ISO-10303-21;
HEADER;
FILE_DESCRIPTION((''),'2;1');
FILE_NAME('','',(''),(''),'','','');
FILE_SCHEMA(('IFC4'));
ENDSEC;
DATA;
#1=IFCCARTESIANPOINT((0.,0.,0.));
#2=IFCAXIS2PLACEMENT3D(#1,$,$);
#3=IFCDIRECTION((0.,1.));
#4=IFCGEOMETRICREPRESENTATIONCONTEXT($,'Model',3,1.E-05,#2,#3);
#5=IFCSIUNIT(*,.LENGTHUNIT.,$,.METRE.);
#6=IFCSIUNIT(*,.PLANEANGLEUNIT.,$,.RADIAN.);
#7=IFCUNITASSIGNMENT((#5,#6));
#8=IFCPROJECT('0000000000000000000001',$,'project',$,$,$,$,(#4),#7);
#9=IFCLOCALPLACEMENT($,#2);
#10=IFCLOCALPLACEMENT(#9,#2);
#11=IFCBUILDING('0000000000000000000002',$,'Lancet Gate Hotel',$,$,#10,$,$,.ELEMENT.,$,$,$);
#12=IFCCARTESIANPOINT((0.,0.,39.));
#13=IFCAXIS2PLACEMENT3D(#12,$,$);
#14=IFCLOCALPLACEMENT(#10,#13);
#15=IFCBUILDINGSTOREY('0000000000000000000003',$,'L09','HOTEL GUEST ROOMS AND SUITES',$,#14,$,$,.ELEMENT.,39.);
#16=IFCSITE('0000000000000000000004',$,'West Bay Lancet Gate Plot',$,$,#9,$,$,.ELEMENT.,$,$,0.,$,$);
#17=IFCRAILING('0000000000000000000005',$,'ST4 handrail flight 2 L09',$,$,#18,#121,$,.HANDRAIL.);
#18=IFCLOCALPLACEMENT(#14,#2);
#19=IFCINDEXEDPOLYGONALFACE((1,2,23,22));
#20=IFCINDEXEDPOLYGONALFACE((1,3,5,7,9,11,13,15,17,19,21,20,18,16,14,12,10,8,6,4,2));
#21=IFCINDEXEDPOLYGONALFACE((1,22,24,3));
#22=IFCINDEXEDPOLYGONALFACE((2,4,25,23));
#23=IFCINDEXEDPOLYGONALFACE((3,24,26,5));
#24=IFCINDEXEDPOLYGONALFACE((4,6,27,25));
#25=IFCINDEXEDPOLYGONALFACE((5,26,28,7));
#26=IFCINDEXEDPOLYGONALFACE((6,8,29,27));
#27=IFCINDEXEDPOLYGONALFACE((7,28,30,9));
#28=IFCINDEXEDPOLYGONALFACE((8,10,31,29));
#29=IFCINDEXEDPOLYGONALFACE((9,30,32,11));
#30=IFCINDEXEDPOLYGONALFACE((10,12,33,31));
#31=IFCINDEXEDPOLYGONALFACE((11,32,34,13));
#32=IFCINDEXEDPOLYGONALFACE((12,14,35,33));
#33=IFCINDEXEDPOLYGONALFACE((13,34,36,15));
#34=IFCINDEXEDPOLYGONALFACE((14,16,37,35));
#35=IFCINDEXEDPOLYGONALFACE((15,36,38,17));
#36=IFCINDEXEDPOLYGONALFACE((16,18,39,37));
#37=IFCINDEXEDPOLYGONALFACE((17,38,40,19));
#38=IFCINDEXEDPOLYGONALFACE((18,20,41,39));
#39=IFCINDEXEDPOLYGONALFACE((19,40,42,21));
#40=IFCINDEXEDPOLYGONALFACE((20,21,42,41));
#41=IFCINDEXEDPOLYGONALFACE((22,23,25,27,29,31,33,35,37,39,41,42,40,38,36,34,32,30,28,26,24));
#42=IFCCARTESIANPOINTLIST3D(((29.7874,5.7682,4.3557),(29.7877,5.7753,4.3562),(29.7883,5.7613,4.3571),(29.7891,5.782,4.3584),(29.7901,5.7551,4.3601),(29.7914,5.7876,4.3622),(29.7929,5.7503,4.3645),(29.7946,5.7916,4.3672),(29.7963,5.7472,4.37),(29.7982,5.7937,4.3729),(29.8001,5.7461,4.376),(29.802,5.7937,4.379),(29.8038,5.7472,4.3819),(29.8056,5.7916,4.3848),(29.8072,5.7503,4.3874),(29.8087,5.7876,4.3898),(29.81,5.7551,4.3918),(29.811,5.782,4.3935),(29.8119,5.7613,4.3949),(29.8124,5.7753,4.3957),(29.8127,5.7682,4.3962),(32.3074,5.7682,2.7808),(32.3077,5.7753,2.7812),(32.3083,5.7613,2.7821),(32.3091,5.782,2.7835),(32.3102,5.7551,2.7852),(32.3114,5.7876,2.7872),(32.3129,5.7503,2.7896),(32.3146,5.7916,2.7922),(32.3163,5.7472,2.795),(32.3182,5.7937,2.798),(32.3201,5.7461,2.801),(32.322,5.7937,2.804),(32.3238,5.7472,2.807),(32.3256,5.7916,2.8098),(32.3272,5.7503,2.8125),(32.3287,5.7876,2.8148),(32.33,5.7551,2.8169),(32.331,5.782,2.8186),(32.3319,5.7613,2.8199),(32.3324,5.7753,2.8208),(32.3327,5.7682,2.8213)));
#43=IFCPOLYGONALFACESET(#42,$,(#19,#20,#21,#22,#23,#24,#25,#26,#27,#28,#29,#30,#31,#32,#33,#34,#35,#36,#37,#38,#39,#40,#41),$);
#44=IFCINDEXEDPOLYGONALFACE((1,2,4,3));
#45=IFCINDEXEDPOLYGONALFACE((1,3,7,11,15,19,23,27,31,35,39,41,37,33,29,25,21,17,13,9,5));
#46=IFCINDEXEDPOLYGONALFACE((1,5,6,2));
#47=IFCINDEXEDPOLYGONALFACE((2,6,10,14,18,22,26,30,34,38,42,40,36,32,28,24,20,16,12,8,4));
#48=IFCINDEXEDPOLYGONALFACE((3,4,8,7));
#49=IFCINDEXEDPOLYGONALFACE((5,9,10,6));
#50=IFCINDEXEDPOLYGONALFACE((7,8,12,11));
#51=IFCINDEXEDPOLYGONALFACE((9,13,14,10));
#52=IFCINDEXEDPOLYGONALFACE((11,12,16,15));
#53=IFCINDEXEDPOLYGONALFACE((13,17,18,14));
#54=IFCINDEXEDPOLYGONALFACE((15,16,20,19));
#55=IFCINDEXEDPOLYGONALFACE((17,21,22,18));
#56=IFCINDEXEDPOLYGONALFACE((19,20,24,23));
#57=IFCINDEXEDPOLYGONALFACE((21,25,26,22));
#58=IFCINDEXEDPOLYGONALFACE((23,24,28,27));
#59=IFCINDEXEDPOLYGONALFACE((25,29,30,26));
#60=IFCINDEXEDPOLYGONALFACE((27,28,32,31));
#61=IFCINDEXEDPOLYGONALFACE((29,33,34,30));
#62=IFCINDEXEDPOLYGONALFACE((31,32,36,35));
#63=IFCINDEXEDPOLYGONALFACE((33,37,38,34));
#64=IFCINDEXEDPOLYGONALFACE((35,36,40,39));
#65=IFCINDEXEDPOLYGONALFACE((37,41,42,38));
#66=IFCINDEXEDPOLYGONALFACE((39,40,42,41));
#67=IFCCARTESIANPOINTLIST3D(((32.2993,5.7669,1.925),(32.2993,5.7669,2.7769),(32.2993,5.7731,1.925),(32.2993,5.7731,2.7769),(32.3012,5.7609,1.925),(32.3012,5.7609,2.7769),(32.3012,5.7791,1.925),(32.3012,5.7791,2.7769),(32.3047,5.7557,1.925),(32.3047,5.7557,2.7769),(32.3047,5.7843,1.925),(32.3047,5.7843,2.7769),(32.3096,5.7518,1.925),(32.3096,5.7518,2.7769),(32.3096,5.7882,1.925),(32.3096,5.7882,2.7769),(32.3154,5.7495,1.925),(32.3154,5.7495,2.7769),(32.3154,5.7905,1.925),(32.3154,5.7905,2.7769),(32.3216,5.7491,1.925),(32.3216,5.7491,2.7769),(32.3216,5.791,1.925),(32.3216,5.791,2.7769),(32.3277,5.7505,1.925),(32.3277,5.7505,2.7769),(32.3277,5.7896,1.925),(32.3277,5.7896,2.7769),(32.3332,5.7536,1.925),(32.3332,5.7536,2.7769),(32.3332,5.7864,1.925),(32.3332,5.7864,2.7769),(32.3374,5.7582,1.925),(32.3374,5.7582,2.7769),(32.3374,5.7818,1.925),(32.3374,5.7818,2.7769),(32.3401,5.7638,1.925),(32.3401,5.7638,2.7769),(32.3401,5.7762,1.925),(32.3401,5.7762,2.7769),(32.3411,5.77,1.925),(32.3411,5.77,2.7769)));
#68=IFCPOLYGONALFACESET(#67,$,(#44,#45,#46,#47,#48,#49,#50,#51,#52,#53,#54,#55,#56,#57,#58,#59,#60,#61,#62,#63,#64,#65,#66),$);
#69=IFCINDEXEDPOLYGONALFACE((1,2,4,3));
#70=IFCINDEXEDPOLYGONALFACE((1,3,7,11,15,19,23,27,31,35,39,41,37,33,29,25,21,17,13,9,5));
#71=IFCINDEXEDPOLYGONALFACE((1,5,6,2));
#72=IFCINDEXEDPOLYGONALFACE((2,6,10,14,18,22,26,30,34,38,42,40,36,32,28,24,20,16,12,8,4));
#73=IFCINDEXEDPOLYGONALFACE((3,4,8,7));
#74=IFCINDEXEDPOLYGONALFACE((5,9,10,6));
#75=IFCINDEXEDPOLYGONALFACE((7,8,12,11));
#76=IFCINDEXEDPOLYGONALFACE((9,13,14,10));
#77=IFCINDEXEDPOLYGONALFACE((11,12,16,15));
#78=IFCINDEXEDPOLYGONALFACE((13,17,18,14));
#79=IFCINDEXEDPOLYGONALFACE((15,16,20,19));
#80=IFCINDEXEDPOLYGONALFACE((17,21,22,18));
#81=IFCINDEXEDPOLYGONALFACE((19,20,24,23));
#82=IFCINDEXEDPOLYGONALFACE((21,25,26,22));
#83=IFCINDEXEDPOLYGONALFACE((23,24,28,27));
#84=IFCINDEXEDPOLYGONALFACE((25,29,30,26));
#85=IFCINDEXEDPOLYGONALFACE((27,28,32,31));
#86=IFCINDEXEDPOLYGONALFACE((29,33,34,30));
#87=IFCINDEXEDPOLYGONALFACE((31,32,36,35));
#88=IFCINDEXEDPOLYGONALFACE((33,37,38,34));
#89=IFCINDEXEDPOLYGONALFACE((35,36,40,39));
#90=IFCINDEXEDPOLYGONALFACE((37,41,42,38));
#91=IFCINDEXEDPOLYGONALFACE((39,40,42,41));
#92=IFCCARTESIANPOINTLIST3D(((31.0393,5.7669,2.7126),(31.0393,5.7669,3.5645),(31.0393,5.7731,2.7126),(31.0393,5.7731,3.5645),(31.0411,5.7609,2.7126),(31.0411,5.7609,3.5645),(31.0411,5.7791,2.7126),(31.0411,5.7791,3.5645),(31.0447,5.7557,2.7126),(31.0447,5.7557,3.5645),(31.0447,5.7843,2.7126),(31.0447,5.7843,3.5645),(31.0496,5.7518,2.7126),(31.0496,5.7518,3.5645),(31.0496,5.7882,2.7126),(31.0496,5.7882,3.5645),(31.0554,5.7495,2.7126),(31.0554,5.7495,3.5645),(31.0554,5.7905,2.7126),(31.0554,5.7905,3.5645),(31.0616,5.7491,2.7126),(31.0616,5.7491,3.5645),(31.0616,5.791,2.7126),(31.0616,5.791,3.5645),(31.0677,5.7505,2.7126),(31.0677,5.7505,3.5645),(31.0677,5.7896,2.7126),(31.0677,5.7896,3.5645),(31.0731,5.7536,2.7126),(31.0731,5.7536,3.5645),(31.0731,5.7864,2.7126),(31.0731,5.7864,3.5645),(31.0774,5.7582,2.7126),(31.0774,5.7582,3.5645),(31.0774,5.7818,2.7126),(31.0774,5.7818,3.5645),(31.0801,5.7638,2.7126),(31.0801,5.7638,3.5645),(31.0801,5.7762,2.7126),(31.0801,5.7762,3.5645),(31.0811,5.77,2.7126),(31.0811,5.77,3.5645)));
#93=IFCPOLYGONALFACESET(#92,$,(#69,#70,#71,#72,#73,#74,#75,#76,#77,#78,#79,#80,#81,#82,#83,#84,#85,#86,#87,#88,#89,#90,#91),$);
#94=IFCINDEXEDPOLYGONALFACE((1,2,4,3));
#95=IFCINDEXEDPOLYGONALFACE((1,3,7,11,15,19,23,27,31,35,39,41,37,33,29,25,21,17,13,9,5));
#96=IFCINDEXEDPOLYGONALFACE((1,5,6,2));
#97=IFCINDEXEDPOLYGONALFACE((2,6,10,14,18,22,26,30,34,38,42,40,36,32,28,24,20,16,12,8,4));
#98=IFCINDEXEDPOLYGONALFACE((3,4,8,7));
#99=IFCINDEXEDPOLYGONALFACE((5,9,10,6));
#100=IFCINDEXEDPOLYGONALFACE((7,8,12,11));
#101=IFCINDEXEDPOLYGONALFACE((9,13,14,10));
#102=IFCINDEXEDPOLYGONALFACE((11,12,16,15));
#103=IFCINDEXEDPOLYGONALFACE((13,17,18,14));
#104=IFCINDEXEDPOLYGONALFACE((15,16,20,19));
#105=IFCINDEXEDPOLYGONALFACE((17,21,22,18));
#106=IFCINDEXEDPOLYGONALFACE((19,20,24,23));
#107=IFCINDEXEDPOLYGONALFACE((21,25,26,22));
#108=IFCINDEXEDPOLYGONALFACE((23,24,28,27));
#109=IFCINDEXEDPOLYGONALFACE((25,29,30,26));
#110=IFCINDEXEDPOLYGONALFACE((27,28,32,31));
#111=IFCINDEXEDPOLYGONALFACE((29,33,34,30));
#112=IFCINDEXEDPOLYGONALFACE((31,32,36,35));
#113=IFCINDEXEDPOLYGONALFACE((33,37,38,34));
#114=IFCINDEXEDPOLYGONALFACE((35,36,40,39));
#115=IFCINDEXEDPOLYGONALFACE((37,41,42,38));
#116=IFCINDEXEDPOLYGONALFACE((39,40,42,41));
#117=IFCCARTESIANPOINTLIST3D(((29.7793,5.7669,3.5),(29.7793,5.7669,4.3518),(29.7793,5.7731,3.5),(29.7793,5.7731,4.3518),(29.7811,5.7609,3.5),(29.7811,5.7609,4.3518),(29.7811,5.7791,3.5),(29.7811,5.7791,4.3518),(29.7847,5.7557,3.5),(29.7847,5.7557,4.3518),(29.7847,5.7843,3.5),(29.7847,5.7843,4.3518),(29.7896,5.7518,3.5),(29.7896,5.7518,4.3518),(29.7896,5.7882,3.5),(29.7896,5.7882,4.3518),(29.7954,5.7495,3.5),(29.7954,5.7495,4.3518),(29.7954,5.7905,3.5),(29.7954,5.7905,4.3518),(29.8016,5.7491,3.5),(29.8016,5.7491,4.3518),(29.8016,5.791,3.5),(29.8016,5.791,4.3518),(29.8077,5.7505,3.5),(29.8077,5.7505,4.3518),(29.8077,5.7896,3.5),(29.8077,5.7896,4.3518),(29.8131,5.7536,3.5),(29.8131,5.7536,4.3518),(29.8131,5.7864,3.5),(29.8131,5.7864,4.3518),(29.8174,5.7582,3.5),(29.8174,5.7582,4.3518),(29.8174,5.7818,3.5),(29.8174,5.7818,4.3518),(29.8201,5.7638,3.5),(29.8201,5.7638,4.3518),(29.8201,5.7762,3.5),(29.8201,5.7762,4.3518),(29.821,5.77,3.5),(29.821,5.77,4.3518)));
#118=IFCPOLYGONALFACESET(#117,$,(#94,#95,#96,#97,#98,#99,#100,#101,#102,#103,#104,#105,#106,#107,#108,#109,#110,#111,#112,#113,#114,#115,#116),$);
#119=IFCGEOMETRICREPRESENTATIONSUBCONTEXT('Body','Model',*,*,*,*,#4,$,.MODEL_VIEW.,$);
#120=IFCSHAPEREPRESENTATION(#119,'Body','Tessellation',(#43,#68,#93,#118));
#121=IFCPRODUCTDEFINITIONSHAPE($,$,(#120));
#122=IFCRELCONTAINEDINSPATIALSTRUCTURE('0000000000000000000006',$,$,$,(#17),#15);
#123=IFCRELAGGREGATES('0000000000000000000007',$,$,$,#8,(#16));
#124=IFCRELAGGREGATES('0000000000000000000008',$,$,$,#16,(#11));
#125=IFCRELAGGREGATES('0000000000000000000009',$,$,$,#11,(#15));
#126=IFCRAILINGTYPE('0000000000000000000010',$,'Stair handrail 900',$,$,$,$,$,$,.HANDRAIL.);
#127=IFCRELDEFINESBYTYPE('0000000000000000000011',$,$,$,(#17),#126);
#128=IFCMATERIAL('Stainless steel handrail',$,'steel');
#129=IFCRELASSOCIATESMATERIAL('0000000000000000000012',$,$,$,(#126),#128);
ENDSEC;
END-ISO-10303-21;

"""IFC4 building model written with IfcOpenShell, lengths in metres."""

from ifc_helpers import new_model, si_unit, direction, frame, origin, origin_2d, place, context, subcontext, project, spatial, circle, extrude, material, type_object, element, save


model = new_model("IFC4")

# Units and contexts
model_context = context("Model", 3, precision=1e-05, world=origin(), true_north=direction((0.0, 1.0)))
body_context = subcontext(model_context, "Body", "Model", "MODEL_VIEW")
ifc_project = project(units=[si_unit("LENGTHUNIT", "METRE"), si_unit("PLANEANGLEUNIT", "RADIAN")], contexts=[model_context])

# Site, building, storey
site_placement = place(None, origin())
site = spatial("IfcSite", under=ifc_project, at=site_placement, Name="West Bay Lancet Gate Plot", CompositionType="ELEMENT", RefElevation=0.0)
building_placement = place(site_placement, origin())
building = spatial("IfcBuilding", under=site, at=building_placement, Name="Lancet Gate Hotel", CompositionType="ELEMENT")
storey_placement = place(building_placement, frame((0.0, 0.0, 39.0)))
storey = spatial("IfcBuildingStorey", under=building, at=storey_placement, Name="L09", Description="HOTEL GUEST ROOMS AND SUITES", CompositionType="ELEMENT", Elevation=39.0)

# Railing
ifc_material_1 = material(Name="Stainless steel handrail", Category="steel")
railing_type = type_object("IfcRailingType", Name="Stair handrail 900", PredefinedType="HANDRAIL", material=ifc_material_1)
railing_1_placement = place(storey_placement, frame((32.3201, 5.77, 1.925)))
element("IfcRailing", 1, at=railing_1_placement, inside=storey, type_object=railing_type, Name="ST4 handrail flight 2 L09", PredefinedType="HANDRAIL", context=body_context, shape_type="SweptSolid", body=[
    extrude(circle(Radius=0.0239, at=origin_2d()), frame((0.0, 0.0, 0.876), z_axis=(-0.848008, 0.0, 0.529984), x_axis=(0.0, -1.0, 0.0)), (0.0, 0.0, 1.0), 2.9717),
    extrude(circle(Radius=0.021, at=origin_2d()), origin(), (0.0, 0.0, 1.0), 0.8518),
    extrude(circle(Radius=0.021, at=origin_2d()), frame((-1.26, 0.0, 0.7876)), (0.0, 0.0, 1.0), 0.8518),
    extrude(circle(Radius=0.021, at=origin_2d()), frame((-2.52, 0.0, 1.575)), (0.0, 0.0, 1.0), 0.8518),
])

save(model, "model.ifc")
